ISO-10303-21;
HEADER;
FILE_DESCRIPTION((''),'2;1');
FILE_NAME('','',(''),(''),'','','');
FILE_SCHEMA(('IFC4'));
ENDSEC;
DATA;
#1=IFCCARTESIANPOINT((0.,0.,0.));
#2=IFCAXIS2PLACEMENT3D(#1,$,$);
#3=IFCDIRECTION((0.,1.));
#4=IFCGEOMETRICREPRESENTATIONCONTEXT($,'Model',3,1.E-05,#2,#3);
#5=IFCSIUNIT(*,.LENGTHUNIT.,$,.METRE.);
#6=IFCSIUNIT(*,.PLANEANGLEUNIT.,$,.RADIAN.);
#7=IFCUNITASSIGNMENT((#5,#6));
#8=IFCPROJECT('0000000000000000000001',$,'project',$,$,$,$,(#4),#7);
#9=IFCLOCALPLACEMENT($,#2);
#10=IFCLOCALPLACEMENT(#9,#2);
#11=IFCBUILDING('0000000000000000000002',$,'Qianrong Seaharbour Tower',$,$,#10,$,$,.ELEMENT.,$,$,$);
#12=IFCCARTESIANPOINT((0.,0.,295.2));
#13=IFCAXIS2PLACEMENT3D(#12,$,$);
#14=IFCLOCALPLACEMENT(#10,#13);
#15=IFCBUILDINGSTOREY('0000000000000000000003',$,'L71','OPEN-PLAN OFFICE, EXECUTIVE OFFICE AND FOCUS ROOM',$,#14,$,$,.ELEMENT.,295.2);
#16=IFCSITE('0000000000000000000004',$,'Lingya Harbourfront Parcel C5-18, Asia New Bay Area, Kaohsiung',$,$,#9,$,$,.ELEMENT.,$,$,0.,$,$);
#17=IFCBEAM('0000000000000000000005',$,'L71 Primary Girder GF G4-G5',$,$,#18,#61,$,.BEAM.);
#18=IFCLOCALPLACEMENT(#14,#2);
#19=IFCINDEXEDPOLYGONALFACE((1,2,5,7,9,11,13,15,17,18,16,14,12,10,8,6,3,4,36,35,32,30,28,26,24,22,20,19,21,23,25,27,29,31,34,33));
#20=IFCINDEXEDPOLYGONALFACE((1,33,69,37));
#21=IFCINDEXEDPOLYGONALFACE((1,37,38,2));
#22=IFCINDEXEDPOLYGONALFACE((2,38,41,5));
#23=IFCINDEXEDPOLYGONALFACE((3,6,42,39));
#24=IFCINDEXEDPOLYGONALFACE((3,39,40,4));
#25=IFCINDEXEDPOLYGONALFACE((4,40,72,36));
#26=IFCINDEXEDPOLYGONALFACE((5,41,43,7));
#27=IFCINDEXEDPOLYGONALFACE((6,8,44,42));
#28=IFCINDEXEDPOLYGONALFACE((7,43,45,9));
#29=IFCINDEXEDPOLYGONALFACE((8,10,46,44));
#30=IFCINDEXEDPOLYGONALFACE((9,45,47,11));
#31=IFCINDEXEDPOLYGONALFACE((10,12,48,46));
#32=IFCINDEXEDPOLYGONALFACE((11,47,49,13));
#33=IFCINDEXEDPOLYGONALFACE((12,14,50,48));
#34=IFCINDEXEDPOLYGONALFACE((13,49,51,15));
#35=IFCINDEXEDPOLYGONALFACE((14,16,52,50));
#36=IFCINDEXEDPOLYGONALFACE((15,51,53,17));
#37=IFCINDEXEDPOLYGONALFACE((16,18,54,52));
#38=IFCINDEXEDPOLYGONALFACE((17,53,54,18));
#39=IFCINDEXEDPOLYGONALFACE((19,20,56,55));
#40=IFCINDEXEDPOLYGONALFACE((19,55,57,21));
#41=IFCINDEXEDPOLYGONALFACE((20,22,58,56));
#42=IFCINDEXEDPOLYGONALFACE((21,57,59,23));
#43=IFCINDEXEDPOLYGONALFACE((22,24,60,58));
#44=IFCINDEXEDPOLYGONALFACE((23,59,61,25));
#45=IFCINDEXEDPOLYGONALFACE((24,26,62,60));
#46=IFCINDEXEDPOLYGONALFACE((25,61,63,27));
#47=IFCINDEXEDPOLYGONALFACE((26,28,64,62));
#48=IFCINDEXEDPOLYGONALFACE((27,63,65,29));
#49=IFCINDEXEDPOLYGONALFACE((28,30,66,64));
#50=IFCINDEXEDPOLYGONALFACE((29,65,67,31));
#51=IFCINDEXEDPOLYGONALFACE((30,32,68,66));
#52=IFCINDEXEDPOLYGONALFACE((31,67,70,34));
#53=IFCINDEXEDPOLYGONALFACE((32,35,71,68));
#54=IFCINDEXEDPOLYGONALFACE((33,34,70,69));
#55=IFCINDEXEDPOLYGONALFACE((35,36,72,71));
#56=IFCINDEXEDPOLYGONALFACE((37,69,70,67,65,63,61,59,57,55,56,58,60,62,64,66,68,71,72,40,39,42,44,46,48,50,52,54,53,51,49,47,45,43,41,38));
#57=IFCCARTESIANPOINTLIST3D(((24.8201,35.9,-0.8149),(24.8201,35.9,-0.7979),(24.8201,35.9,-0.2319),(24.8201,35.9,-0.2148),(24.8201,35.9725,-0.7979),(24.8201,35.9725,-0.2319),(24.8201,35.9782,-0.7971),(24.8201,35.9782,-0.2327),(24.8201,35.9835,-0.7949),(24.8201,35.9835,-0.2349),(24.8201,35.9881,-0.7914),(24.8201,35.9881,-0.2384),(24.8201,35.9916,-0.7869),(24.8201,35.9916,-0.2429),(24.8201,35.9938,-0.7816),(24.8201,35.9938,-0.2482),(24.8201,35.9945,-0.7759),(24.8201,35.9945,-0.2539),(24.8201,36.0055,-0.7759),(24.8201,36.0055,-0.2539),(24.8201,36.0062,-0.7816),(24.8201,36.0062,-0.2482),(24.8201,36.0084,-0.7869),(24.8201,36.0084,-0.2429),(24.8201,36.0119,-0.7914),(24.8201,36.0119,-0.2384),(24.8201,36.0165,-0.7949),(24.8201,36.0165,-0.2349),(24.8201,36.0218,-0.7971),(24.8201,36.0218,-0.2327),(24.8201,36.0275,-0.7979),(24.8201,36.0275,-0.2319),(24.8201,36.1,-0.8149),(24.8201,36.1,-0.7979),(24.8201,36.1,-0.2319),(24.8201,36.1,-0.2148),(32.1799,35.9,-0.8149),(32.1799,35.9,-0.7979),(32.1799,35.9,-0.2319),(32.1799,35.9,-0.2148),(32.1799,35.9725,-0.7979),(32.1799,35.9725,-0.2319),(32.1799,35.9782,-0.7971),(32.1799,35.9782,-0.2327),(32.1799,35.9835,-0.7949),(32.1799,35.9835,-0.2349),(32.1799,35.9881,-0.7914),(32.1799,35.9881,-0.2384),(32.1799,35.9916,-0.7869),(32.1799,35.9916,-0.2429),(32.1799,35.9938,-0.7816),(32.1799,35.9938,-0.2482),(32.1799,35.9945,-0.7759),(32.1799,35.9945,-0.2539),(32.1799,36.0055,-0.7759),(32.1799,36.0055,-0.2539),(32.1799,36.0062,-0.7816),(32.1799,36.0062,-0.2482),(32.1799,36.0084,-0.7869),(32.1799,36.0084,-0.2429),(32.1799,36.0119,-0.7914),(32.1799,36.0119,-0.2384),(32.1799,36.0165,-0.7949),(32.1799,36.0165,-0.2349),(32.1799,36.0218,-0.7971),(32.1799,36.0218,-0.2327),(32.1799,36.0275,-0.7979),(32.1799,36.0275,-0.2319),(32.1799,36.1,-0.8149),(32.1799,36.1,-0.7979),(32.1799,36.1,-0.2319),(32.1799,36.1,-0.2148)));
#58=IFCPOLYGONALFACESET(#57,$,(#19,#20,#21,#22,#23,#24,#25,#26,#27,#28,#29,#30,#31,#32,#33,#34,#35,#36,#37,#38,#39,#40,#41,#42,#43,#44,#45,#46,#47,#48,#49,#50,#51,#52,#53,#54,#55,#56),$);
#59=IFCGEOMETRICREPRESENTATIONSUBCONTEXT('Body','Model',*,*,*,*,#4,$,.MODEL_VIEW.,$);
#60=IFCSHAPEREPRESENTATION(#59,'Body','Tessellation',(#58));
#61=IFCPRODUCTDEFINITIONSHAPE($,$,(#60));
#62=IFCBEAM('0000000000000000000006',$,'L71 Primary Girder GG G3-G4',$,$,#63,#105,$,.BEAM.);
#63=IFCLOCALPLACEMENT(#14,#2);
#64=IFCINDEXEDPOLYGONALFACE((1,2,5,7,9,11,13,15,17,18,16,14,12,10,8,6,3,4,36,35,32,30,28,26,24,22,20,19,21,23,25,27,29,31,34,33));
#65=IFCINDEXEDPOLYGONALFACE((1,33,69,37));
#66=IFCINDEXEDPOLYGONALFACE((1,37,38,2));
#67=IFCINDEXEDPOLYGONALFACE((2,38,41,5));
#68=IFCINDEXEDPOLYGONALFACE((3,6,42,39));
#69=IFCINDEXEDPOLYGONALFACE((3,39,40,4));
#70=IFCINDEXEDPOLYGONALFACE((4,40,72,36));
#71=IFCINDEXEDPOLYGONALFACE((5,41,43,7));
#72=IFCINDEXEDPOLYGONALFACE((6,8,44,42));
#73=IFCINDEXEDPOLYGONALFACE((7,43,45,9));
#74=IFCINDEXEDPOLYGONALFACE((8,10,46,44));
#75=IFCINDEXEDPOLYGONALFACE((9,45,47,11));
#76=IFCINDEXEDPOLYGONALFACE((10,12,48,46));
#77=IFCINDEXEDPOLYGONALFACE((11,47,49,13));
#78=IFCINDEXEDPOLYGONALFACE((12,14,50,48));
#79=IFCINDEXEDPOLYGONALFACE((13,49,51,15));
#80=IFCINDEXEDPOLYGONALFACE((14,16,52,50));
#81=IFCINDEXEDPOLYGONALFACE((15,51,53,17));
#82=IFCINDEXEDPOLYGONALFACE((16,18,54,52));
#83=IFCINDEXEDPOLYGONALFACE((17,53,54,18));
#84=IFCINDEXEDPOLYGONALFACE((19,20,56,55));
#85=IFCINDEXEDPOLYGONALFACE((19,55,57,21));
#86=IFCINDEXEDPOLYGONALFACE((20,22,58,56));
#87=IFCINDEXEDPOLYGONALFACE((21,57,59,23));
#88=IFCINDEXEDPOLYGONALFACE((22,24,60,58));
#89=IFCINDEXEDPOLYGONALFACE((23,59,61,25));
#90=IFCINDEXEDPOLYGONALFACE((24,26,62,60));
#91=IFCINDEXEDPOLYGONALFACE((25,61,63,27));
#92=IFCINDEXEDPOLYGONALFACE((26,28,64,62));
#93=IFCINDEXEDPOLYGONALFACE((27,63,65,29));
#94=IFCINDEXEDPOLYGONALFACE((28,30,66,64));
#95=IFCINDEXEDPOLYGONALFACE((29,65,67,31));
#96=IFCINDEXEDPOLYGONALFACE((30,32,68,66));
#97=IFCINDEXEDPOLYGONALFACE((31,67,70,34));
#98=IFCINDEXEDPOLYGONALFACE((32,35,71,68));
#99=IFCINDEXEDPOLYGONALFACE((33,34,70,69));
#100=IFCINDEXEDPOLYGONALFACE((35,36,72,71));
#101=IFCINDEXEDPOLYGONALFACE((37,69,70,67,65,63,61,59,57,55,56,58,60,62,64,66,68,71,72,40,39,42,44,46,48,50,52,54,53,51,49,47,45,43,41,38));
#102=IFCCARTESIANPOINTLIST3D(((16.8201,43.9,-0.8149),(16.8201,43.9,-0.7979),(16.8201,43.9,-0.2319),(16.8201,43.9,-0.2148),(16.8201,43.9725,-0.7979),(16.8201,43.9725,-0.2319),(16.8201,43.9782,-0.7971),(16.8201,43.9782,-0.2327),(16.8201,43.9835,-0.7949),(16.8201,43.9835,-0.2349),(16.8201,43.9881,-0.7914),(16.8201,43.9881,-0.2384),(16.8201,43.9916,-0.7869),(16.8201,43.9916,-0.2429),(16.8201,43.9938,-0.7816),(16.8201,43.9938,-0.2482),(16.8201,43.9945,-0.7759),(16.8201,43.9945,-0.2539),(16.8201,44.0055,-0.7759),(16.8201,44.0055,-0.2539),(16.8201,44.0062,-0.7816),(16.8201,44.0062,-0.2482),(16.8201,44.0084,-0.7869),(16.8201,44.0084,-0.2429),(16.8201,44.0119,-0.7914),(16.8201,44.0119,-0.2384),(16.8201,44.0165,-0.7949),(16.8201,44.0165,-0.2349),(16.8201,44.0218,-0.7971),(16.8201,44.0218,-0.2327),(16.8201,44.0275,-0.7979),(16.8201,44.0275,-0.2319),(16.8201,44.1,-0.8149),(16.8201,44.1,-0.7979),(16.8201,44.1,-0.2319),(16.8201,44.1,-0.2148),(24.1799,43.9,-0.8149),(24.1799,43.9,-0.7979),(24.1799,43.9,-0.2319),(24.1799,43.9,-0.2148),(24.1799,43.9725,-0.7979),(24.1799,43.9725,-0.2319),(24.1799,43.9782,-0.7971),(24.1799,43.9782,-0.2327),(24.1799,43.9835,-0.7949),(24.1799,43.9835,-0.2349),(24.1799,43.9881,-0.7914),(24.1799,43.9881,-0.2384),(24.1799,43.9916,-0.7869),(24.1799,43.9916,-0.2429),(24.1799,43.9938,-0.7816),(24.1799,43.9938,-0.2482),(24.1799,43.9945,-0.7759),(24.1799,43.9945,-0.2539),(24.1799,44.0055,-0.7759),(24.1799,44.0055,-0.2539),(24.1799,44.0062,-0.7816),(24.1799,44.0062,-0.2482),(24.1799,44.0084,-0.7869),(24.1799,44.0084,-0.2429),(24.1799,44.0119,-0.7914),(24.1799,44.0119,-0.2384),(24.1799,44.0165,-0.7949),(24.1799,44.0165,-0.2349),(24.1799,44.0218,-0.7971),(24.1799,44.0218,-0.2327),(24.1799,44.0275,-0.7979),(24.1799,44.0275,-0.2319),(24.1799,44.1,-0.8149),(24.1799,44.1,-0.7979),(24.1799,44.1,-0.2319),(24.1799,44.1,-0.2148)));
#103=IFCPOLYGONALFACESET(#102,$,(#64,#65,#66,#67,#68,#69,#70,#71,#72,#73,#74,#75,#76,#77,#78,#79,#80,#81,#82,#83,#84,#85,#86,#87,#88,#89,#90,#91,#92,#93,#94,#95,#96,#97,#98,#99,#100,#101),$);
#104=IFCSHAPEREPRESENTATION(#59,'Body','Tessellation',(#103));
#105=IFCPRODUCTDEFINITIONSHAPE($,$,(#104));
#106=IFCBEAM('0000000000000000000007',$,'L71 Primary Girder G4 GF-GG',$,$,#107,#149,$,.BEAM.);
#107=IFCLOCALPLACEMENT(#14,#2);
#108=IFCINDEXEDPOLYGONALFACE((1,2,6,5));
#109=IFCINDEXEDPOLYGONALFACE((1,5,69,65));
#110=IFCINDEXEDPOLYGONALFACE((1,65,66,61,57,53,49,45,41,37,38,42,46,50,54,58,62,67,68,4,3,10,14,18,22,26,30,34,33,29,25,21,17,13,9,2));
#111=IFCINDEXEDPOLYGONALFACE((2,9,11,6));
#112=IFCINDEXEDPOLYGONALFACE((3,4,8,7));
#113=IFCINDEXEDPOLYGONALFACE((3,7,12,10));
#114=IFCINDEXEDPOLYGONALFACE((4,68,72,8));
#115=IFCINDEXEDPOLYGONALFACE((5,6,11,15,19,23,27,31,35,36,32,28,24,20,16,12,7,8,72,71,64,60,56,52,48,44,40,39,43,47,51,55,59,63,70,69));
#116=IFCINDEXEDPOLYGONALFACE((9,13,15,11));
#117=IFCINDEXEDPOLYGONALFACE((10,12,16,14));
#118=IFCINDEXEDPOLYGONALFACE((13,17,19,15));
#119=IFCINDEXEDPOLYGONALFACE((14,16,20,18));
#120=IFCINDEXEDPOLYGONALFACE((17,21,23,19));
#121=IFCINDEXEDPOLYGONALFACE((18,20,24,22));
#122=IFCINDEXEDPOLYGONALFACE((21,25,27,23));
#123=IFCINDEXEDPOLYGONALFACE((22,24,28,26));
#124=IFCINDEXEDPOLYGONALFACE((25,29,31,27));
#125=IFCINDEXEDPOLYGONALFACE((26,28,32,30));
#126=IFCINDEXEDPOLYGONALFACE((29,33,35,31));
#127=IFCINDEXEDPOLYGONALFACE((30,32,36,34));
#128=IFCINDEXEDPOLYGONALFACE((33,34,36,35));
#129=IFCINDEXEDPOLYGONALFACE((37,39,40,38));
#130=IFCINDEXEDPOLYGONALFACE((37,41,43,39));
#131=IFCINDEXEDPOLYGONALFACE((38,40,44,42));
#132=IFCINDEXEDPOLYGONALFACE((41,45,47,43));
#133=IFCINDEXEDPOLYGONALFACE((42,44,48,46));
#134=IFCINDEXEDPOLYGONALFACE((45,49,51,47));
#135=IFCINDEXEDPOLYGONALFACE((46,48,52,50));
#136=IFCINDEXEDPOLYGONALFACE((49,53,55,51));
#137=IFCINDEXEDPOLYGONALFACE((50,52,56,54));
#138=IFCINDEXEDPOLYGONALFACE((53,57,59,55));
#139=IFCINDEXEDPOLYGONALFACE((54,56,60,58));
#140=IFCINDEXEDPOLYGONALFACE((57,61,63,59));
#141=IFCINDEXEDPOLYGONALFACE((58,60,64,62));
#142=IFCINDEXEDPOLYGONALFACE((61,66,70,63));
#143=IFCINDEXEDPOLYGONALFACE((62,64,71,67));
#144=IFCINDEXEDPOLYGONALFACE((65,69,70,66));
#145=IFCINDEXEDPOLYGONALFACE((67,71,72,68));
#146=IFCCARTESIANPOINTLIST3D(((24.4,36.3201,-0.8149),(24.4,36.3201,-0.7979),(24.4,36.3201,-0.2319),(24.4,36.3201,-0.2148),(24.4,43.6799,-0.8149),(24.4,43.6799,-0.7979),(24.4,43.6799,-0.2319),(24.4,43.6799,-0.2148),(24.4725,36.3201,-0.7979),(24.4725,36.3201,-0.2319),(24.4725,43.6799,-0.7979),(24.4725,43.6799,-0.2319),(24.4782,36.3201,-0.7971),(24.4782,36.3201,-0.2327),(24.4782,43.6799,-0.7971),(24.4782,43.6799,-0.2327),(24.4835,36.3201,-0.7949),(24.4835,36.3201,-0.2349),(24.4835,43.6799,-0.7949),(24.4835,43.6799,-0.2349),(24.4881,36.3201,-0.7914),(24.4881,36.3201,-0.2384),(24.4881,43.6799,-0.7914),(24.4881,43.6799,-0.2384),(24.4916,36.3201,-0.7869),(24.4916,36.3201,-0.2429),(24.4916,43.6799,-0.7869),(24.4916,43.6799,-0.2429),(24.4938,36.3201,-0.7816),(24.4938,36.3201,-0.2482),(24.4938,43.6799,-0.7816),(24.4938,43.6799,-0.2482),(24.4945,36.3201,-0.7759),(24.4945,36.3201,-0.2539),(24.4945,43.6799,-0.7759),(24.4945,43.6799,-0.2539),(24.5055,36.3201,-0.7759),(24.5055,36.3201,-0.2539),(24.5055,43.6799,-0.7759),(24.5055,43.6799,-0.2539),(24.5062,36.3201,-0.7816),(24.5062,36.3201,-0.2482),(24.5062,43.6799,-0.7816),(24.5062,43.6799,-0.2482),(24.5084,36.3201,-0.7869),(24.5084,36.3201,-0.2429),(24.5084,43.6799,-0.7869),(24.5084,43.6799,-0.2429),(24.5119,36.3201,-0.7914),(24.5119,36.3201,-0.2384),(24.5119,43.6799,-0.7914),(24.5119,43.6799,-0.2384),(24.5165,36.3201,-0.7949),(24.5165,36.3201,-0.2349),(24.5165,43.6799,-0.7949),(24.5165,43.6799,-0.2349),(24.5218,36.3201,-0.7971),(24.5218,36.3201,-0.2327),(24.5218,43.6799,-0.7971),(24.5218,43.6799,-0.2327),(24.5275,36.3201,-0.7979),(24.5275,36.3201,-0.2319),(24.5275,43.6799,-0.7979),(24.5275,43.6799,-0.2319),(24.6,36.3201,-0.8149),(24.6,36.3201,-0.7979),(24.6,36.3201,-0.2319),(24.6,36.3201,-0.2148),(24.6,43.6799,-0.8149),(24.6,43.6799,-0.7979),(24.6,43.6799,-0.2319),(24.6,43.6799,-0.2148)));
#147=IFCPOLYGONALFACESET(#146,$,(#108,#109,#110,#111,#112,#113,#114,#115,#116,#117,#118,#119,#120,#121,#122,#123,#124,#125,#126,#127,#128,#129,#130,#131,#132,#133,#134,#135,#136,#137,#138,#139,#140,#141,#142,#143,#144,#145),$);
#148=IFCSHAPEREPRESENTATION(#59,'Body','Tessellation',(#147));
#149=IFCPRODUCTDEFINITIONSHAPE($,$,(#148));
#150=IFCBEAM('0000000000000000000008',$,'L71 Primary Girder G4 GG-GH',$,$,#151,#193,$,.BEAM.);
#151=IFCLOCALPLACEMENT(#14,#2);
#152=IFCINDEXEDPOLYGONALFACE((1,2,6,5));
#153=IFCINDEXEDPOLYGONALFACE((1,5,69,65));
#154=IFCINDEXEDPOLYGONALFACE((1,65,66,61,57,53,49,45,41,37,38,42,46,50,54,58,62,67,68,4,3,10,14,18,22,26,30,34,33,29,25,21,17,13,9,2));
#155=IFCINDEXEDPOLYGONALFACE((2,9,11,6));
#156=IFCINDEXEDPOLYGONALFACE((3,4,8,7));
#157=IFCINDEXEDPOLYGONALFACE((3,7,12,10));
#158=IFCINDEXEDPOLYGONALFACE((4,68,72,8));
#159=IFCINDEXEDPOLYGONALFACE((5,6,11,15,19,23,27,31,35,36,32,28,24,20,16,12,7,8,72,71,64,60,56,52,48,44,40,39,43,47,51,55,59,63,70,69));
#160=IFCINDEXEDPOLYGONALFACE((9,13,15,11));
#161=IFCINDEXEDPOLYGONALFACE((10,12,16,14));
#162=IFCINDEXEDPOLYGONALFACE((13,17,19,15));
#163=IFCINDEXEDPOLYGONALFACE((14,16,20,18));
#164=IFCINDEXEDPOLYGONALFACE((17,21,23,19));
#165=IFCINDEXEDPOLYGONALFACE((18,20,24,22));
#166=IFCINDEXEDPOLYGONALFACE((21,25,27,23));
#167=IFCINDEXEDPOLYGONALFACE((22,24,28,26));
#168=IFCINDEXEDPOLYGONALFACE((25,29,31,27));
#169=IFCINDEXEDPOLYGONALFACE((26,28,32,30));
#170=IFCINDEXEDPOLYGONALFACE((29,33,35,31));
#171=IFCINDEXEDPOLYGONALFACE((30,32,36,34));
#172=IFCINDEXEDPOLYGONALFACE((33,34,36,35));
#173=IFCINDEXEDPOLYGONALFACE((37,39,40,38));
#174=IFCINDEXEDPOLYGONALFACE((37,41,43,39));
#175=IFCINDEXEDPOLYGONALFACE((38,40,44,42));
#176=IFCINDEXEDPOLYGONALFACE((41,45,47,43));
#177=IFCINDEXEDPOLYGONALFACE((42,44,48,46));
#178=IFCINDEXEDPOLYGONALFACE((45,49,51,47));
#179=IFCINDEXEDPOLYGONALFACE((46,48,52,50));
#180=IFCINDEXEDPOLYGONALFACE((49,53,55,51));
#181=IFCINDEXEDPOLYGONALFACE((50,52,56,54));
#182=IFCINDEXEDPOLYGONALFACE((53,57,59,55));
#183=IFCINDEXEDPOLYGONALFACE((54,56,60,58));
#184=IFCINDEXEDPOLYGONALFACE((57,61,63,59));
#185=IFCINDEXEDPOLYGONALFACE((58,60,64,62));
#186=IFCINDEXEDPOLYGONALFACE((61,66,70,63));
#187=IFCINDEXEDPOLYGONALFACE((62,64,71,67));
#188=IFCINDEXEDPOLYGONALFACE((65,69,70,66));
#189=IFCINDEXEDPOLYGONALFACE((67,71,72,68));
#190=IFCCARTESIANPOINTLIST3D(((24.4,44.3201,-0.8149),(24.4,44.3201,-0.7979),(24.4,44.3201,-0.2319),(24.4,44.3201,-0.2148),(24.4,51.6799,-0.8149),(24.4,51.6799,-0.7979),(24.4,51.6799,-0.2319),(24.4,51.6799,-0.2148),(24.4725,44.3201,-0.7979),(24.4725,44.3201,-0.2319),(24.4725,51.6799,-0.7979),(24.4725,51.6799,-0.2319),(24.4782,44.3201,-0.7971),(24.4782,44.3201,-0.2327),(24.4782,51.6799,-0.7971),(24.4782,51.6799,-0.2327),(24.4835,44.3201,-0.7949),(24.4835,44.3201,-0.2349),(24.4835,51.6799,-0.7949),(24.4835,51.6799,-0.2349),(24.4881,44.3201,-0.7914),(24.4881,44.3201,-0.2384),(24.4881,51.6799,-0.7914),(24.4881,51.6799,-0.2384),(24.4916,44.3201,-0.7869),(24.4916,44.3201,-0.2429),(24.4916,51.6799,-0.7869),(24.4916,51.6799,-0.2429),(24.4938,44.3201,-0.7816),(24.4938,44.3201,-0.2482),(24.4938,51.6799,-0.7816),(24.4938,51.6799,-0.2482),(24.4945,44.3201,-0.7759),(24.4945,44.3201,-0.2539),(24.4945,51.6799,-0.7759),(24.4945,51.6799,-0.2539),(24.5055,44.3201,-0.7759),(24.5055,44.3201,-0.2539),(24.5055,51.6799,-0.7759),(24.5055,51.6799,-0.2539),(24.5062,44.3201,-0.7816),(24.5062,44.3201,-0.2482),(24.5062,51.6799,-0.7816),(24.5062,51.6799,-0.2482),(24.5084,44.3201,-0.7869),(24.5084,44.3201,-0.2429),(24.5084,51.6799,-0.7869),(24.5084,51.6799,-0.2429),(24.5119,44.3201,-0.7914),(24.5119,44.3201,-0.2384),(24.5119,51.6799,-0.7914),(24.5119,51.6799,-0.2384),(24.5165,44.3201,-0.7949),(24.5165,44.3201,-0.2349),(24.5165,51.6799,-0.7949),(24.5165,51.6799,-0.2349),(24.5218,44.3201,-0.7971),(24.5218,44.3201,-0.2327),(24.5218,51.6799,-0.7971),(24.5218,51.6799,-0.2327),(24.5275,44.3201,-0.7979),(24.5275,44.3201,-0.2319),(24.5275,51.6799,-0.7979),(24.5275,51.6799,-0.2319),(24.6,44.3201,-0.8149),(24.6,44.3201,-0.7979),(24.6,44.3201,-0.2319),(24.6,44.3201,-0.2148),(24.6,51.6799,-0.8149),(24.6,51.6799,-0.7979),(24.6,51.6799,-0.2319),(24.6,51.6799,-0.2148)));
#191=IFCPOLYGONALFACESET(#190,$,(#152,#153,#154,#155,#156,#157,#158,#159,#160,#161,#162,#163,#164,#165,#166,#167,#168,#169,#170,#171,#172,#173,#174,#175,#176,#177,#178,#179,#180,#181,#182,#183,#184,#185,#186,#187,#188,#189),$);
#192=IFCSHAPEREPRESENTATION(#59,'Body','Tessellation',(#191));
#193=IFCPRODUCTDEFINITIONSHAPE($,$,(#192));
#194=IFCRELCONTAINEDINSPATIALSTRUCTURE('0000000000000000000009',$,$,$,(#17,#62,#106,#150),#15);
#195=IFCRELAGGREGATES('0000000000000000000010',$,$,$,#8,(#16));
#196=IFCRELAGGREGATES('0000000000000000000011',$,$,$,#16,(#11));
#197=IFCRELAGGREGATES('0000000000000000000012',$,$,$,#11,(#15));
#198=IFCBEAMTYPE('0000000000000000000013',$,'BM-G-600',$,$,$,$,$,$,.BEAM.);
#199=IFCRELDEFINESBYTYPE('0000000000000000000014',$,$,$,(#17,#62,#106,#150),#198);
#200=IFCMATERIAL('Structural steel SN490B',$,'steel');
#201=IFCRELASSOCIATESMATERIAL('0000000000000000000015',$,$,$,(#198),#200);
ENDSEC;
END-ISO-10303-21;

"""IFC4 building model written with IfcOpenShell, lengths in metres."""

from ifc_helpers import new_model, si_unit, direction, frame, origin, origin_2d, place, context, subcontext, project, spatial, i_section, extrude, material, material_profile, profile_set, type_object, element, save


model = new_model("IFC4")

# Units and contexts
model_context = context("Model", 3, precision=1e-05, world=origin(), true_north=direction((0.0, 1.0)))
body_context = subcontext(model_context, "Body", "Model", "MODEL_VIEW")
ifc_project = project(units=[si_unit("LENGTHUNIT", "METRE"), si_unit("PLANEANGLEUNIT", "RADIAN")], contexts=[model_context])

# Site, building, storey
site_placement = place(None, origin())
site = spatial("IfcSite", under=ifc_project, at=site_placement, Name="Lingya Harbourfront Parcel C5-18, Asia New Bay Area, Kaohsiung", CompositionType="ELEMENT", RefElevation=0.0)
building_placement = place(site_placement, origin())
building = spatial("IfcBuilding", under=site, at=building_placement, Name="Qianrong Seaharbour Tower", CompositionType="ELEMENT")
storey_placement = place(building_placement, frame((0.0, 0.0, 295.2)))
storey = spatial("IfcBuildingStorey", under=building, at=storey_placement, Name="L71", Description="OPEN-PLAN OFFICE, EXECUTIVE OFFICE AND FOCUS ROOM", CompositionType="ELEMENT", Elevation=295.2)

# Shared definitions
ifc_material_1 = material(Name="Structural steel SN490B", Category="steel")

# Beams
ifc_material_profile_1 = material_profile(ifc_material_1, i_section(OverallWidth=0.2, OverallDepth=0.6001, WebThickness=0.011, FlangeThickness=0.0171, FilletRadius=0.022, at=origin_2d()), Name="H600x200x11x17")
ifc_profile_set_1 = profile_set([ifc_material_profile_1], Name="Structural steel SN490B")
beam_type_1 = type_object("IfcBeamType", Name="BM-G-600", PredefinedType="BEAM", material=ifc_profile_set_1)
for number, where, z_axis, x_axis, name in (
    (1, (24.8201, 36.0, -0.5149), (1.0, 0.0, 0.0), (0.0, 1.0, 0.0), "L71 Primary Girder GF G4-G5"),
    (2, (16.8201, 44.0, -0.5149), (1.0, 0.0, 0.0), (0.0, 1.0, 0.0), "L71 Primary Girder GG G3-G4"),
    (3, (24.5, 36.3201, -0.5149), (0.0, 1.0, 0.0), (-1.0, 0.0, 0.0), "L71 Primary Girder G4 GF-GG"),
    (4, (24.5, 44.3201, -0.5149), (0.0, 1.0, 0.0), (-1.0, 0.0, 0.0), "L71 Primary Girder G4 GG-GH"),
):
    element("IfcBeam", number, at=place(storey_placement, frame(where, z_axis=z_axis, x_axis=x_axis)), inside=storey, type_object=beam_type_1, Name=name, PredefinedType="BEAM", context=body_context, shape_type="SweptSolid", body=[
        extrude(i_section(OverallWidth=0.2, OverallDepth=0.6001, WebThickness=0.011, FlangeThickness=0.0171, FilletRadius=0.022, at=origin_2d()), origin(), (0.0, 0.0, 1.0), 7.3599),
    ])

save(model, "model.ifc")
